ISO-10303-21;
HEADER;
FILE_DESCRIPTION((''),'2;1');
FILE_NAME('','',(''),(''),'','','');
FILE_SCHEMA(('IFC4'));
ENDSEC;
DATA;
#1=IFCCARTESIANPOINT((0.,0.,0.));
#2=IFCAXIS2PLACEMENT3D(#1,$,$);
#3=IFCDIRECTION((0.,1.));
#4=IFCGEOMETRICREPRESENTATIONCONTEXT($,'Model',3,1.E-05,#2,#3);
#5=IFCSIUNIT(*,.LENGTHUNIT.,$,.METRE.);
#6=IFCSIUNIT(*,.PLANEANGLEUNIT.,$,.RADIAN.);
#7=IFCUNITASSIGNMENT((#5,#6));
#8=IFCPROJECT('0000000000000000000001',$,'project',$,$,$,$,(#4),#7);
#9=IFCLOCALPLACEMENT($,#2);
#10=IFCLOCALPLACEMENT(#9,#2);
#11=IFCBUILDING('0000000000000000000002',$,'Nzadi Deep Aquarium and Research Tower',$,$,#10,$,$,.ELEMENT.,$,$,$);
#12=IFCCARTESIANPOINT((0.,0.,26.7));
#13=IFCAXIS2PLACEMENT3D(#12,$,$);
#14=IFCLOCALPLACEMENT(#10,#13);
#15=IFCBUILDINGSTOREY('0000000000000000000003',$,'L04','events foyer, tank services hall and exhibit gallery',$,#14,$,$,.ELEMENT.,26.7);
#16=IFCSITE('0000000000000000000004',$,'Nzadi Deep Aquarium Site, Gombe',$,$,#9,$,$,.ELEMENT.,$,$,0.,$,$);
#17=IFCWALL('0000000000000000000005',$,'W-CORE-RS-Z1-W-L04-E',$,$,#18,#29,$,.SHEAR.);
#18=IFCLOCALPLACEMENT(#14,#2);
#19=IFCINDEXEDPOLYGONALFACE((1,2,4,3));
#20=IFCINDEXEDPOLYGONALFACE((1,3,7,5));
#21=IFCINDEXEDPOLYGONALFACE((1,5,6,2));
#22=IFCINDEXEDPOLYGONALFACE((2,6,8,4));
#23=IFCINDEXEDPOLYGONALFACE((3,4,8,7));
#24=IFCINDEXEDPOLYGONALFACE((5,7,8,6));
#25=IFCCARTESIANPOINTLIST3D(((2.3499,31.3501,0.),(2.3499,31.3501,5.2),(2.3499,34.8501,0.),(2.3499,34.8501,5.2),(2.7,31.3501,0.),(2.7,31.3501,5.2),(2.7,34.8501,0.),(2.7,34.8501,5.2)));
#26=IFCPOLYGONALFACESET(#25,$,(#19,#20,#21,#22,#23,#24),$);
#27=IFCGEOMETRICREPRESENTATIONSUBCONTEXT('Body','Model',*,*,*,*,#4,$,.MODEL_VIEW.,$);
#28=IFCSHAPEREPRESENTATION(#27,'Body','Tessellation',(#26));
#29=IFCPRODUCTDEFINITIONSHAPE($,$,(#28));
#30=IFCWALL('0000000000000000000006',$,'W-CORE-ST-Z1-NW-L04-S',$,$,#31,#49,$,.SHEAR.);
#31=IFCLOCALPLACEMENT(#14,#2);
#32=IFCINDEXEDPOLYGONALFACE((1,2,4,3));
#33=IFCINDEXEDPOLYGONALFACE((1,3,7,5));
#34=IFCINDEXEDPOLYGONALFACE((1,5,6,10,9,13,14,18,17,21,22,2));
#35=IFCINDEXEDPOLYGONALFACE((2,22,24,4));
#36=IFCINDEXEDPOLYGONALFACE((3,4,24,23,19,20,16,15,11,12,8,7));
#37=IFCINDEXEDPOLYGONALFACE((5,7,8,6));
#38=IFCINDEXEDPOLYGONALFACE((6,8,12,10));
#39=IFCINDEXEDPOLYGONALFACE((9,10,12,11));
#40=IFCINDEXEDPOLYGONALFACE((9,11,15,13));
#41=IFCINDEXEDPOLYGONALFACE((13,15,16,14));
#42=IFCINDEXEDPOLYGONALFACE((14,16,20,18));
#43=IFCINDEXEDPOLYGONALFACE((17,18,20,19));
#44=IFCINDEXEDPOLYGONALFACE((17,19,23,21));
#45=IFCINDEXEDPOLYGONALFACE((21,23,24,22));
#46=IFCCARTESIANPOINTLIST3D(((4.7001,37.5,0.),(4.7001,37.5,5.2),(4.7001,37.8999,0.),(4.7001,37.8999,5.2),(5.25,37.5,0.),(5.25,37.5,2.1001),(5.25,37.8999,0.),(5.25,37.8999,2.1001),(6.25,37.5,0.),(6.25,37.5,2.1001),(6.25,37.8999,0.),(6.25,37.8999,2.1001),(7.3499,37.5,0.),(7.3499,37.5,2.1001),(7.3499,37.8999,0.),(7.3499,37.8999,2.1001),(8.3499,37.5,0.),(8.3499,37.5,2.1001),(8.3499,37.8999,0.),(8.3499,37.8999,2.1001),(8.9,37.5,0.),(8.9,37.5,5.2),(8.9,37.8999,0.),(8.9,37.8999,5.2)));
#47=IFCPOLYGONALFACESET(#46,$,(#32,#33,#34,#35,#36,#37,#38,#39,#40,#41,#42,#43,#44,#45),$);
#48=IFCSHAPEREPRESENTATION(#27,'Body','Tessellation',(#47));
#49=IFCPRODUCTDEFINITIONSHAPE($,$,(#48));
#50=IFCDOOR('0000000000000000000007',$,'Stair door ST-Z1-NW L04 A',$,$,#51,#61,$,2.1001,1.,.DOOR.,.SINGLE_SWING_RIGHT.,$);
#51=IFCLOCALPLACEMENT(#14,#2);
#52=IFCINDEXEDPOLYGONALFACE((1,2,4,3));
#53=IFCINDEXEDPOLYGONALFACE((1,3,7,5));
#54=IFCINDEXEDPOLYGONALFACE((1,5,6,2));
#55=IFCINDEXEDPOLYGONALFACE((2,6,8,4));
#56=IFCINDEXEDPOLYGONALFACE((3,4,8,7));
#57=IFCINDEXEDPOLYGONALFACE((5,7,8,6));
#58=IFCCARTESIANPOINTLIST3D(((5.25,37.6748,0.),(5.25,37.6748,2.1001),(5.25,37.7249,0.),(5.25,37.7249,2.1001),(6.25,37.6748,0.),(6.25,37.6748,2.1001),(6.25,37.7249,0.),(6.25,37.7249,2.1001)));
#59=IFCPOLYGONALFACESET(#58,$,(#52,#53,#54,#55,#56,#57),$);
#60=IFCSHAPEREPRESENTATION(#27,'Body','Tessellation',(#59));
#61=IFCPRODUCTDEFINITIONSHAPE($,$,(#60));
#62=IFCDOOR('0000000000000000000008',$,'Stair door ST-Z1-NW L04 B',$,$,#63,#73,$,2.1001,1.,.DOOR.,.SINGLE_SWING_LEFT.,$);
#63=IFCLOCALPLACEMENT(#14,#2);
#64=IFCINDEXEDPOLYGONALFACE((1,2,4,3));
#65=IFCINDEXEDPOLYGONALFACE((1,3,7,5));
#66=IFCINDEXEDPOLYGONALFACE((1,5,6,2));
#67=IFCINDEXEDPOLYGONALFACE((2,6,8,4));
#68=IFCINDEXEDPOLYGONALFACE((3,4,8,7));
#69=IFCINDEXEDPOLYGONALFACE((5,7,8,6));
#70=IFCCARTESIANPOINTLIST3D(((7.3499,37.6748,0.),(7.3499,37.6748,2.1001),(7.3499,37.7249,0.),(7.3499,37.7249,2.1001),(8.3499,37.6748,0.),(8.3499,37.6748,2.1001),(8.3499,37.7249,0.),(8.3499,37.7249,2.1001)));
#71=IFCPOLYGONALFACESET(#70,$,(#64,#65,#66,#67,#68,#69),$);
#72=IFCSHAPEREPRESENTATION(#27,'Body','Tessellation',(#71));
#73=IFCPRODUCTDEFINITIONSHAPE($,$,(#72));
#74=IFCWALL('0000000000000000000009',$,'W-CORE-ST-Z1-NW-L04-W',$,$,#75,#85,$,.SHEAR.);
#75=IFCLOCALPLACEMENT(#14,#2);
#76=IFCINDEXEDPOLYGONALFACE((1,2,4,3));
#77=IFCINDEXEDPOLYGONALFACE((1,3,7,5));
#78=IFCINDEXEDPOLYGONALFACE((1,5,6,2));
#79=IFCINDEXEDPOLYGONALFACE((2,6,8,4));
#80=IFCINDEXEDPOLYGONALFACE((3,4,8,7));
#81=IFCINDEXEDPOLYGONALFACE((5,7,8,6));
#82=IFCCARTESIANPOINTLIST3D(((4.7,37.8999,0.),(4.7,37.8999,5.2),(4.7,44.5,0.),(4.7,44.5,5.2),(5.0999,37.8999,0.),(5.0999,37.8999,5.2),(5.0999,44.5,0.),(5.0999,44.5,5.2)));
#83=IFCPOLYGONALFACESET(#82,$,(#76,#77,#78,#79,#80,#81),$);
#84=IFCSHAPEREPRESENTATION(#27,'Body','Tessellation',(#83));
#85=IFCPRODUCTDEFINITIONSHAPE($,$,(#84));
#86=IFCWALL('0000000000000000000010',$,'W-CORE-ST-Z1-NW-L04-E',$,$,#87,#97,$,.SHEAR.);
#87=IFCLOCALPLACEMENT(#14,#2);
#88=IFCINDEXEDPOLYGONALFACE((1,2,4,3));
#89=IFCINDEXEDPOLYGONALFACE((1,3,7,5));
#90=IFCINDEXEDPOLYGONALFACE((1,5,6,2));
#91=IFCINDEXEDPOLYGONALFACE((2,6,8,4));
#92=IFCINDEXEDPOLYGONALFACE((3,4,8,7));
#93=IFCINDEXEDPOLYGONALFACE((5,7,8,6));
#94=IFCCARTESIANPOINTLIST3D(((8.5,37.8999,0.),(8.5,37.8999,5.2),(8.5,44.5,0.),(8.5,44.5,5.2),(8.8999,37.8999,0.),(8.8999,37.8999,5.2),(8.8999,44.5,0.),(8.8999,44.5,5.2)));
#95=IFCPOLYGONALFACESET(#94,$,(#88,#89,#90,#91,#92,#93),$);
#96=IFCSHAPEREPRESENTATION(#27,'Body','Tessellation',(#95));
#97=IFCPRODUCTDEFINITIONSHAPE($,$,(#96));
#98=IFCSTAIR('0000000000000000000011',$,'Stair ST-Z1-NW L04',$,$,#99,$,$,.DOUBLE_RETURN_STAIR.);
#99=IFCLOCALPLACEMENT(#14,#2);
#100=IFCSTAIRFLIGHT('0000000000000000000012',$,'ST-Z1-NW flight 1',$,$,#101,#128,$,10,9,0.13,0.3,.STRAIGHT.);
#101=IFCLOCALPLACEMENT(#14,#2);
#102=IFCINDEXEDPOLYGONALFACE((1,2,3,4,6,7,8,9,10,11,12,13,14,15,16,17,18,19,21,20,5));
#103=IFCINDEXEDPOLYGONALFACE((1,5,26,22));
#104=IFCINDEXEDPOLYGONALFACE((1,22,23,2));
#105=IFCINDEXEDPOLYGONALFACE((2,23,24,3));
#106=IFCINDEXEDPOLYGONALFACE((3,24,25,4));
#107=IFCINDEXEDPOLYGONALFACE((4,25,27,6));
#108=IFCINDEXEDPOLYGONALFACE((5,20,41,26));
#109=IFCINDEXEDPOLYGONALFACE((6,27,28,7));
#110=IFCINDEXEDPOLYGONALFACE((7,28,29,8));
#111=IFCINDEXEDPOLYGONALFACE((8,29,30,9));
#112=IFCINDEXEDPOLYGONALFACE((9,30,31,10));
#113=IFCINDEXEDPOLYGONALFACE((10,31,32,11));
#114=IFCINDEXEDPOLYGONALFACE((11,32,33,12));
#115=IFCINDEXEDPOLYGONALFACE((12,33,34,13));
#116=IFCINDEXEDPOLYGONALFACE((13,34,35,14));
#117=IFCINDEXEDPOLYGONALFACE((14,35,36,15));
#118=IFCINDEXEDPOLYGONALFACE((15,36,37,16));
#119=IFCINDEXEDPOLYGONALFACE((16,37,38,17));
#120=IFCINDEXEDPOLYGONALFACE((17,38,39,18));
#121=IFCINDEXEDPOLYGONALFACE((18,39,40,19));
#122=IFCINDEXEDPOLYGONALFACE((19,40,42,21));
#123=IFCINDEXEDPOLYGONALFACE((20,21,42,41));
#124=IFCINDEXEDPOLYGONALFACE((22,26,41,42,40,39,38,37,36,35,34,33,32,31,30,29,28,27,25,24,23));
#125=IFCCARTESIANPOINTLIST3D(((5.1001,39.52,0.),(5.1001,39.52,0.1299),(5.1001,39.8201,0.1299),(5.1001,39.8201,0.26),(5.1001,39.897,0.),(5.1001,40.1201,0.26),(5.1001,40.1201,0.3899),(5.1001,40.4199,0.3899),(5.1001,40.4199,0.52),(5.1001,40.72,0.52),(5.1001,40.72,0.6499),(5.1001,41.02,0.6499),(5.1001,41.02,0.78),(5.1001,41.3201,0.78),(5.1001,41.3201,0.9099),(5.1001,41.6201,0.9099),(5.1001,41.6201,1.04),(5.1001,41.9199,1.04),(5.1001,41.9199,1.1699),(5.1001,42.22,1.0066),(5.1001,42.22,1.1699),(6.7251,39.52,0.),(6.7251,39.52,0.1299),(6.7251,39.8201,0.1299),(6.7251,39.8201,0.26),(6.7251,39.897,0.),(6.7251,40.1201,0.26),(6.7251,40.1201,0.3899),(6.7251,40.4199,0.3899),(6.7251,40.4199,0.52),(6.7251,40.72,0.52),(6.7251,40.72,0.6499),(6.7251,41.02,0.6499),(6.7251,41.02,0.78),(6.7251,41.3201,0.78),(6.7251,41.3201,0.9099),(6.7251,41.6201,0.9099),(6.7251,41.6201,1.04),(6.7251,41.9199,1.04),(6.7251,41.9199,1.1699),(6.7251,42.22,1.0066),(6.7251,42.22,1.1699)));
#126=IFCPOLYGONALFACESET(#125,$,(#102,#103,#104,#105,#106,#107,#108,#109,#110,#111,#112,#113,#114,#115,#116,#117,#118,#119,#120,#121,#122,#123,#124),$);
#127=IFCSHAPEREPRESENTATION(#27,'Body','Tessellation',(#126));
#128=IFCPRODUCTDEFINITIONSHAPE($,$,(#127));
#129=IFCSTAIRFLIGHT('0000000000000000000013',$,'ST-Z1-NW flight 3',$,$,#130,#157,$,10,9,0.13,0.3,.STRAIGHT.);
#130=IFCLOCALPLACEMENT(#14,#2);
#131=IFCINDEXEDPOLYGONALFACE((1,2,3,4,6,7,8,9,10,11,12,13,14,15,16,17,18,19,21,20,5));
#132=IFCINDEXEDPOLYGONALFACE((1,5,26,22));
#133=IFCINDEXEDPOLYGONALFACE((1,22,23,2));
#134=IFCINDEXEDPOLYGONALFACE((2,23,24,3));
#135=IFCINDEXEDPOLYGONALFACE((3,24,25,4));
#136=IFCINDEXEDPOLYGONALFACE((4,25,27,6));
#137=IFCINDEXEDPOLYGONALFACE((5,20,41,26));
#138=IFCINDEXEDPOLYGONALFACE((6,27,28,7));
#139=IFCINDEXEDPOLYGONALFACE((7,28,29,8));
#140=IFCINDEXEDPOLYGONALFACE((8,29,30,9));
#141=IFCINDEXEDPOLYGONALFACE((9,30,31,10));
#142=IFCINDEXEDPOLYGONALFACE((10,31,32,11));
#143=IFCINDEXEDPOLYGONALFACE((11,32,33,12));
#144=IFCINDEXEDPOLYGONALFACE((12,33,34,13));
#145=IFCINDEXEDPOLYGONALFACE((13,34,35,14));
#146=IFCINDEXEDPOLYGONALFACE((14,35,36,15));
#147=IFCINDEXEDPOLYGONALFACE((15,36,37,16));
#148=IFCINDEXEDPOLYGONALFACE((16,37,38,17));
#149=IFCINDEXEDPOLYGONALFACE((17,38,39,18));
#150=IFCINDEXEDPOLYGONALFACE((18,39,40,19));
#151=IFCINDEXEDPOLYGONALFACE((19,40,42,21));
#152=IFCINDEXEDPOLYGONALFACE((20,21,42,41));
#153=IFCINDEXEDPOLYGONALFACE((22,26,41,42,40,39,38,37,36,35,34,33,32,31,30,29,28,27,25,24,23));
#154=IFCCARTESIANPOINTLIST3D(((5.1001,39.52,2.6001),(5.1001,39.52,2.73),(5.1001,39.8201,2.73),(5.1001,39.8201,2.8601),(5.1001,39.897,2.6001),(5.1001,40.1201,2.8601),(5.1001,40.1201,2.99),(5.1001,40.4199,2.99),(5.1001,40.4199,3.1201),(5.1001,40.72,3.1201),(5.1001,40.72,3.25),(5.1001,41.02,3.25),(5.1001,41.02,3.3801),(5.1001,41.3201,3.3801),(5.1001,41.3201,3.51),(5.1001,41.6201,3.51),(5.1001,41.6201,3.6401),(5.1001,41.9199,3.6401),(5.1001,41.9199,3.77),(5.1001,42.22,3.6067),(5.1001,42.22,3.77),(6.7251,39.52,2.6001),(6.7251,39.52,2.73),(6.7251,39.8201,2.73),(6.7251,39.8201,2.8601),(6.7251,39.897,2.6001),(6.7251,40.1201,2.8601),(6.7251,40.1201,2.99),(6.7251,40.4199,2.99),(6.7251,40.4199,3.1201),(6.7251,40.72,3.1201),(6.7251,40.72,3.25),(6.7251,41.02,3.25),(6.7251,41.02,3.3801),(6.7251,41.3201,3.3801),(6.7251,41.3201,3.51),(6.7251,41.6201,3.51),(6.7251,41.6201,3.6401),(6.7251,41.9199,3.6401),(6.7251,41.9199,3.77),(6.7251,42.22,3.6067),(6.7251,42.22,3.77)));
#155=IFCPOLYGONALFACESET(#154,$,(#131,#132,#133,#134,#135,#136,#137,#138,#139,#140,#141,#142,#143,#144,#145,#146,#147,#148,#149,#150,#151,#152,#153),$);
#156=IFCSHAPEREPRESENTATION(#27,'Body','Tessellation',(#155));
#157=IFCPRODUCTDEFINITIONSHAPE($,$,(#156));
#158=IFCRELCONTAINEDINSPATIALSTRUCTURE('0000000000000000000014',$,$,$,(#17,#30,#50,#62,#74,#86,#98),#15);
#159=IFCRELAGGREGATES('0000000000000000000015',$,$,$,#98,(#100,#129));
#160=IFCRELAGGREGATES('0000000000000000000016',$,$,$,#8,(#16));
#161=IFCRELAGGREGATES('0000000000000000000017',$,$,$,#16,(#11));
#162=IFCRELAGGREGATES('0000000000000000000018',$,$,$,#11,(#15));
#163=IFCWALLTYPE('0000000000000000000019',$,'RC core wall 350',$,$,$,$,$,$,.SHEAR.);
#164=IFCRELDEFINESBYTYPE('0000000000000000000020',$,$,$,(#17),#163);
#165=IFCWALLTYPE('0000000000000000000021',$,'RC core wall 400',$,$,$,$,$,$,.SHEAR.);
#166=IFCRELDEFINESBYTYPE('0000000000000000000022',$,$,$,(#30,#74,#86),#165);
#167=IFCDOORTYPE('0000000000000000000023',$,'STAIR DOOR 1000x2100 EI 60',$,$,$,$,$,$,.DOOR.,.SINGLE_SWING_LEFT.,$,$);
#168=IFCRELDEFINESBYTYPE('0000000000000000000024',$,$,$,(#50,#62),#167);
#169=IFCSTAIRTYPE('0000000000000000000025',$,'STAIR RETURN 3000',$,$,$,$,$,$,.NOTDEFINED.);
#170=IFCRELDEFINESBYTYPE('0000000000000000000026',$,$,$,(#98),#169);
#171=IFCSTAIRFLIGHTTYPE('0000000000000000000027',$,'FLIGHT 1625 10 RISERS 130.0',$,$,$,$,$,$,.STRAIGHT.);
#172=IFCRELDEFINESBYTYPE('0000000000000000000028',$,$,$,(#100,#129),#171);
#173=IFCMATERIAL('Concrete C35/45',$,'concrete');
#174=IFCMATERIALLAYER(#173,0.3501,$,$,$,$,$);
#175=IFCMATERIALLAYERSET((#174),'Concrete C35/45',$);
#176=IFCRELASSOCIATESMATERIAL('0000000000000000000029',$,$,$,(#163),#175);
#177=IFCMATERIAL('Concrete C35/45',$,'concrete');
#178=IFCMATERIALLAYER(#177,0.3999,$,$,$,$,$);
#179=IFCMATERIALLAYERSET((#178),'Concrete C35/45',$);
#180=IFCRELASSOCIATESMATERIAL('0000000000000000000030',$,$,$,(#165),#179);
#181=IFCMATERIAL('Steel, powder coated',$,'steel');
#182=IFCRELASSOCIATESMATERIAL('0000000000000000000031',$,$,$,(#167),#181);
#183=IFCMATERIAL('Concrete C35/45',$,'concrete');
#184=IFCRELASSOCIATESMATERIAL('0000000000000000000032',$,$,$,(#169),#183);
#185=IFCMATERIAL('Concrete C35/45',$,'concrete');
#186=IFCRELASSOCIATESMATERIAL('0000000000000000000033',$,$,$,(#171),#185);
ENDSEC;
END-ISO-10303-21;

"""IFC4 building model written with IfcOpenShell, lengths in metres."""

from ifc_helpers import new_model, si_unit, direction, frame, frame_2d, origin, place, context, subcontext, project, spatial, polyline, rectangle, outline, extrude, material, layer, layer_set, type_object, element, fill, aggregate, save


model = new_model("IFC4")

# Units and contexts
model_context = context("Model", 3, precision=1e-05, world=origin(), true_north=direction((0.0, 1.0)))
body_context = subcontext(model_context, "Body", "Model", "MODEL_VIEW")
ifc_project = project(units=[si_unit("LENGTHUNIT", "METRE"), si_unit("PLANEANGLEUNIT", "RADIAN")], contexts=[model_context])

# Site, building, storey
site_placement = place(None, origin())
site = spatial("IfcSite", under=ifc_project, at=site_placement, Name="Nzadi Deep Aquarium Site, Gombe", CompositionType="ELEMENT", RefElevation=0.0)
building_placement = place(site_placement, origin())
building = spatial("IfcBuilding", under=site, at=building_placement, Name="Nzadi Deep Aquarium and Research Tower", CompositionType="ELEMENT")
storey_placement = place(building_placement, frame((0.0, 0.0, 26.7)))
storey = spatial("IfcBuildingStorey", under=building, at=storey_placement, Name="L04", Description="events foyer, tank services hall and exhibit gallery", CompositionType="ELEMENT", Elevation=26.7)

# Wall
ifc_material_1 = material(Name="Concrete C35/45", Category="concrete")
ifc_layer_1 = layer(ifc_material_1, 0.3501)
ifc_layer_set_1 = layer_set([ifc_layer_1], Name="Concrete C35/45")
wall_type_1 = type_object("IfcWallType", Name="RC core wall 350", PredefinedType="SHEAR", material=ifc_layer_set_1)
for number, where, z_axis, x_axis, name in (
    (1, (2.5249, 31.3501, 0.0), (0.0, 0.0, 1.0), (0.0, 1.0, 0.0), "W-CORE-RS-Z1-W-L04-E"),
):
    element("IfcWall", number, at=place(storey_placement, frame(where, z_axis=z_axis, x_axis=x_axis)), inside=storey, type_object=wall_type_1, Name=name, PredefinedType="SHEAR", context=body_context, shape_type="SweptSolid", body=[
        extrude(rectangle(XDim=3.5, YDim=0.3501, at=frame_2d((1.75, 0.0))), origin(), (0.0, 0.0, 1.0), 5.2),
    ])

# Wall, openings, doors
ifc_material_2 = material(Name="Concrete C35/45", Category="concrete")
ifc_layer_2 = layer(ifc_material_2, 0.3999)
ifc_layer_set_2 = layer_set([ifc_layer_2], Name="Concrete C35/45")
wall_type_2 = type_object("IfcWallType", Name="RC core wall 400", PredefinedType="SHEAR", material=ifc_layer_set_2)
wall_1_placement = place(storey_placement, frame((4.7, 37.7, 0.0), z_axis=(0.0, 0.0, 1.0), x_axis=(1.0, 0.0, 0.0)))
wall_1 = element("IfcWall", 2, at=wall_1_placement, inside=storey, type_object=wall_type_2, Name="W-CORE-ST-Z1-NW-L04-S", PredefinedType="SHEAR", context=body_context, shape_type="SweptSolid", body=[
    extrude(rectangle(XDim=4.2, YDim=0.3999, at=frame_2d((2.1001, 0.0))), origin(), (0.0, 0.0, 1.0), 5.2),
])
opening_1_placement = place(wall_1_placement, frame((0.55, 0.0, 0.0)))
opening_1 = element("IfcOpeningElement", 3, at=opening_1_placement, cuts=wall_1, PredefinedType="OPENING", context=body_context, shape_type="SweptSolid", body=[
    extrude(rectangle(XDim=1.0, YDim=2.1001, at=frame_2d((0.5, 1.05))), frame((0.0, 0.21, 0.0), z_axis=(0.0, -1.0, 0.0), x_axis=(1.0, 0.0, 0.0)), (0.0, 0.0, 1.0), 0.4199),
])
opening_2_placement = place(wall_1_placement, frame((2.6499, 0.0, 0.0)))
opening_2 = element("IfcOpeningElement", 4, at=opening_2_placement, cuts=wall_1, PredefinedType="OPENING", context=body_context, shape_type="SweptSolid", body=[
    extrude(rectangle(XDim=1.0, YDim=2.1001, at=frame_2d((0.5, 1.05))), frame((0.0, 0.21, 0.0), z_axis=(0.0, -1.0, 0.0), x_axis=(1.0, 0.0, 0.0)), (0.0, 0.0, 1.0), 0.4199),
])
ifc_material_3 = material(Name="Steel, powder coated", Category="steel")
door_type_1 = type_object("IfcDoorType", Name="STAIR DOOR 1000x2100 EI 60", OperationType="SINGLE_SWING_LEFT", PredefinedType="DOOR", material=ifc_material_3)
door_1_placement = place(opening_1_placement, origin())
door_1 = element("IfcDoor", 5, at=door_1_placement, inside=storey, type_object=door_type_1, Name="Stair door ST-Z1-NW L04 A", OperationType="SINGLE_SWING_RIGHT", OverallHeight=2.1001, OverallWidth=1.0, PredefinedType="DOOR", context=body_context, shape_type="SweptSolid", body=[
    extrude(rectangle(XDim=1.0, YDim=2.1001, at=frame_2d((0.5, 1.05))), frame((0.0, 0.0249, 0.0), z_axis=(0.0, -1.0, 0.0), x_axis=(1.0, 0.0, 0.0)), (0.0, 0.0, 1.0), 0.05),
])
fill(opening_1, door_1)
door_2_placement = place(opening_2_placement, origin())
door_2 = element("IfcDoor", 6, at=door_2_placement, inside=storey, type_object=door_type_1, Name="Stair door ST-Z1-NW L04 B", OperationType="SINGLE_SWING_LEFT", OverallHeight=2.1001, OverallWidth=1.0, PredefinedType="DOOR", context=body_context, shape_type="SweptSolid", body=[
    extrude(rectangle(XDim=1.0, YDim=2.1001, at=frame_2d((0.5, 1.05))), frame((0.0, 0.0249, 0.0), z_axis=(0.0, -1.0, 0.0), x_axis=(1.0, 0.0, 0.0)), (0.0, 0.0, 1.0), 0.05),
])
fill(opening_2, door_2)

# Walls
for number, where, z_axis, x_axis, name in (
    (7, (4.8999, 37.8999, 0.0), (0.0, 0.0, 1.0), (0.0, 1.0, 0.0), "W-CORE-ST-Z1-NW-L04-W"),
    (8, (8.7, 37.8999, 0.0), (0.0, 0.0, 1.0), (0.0, 1.0, 0.0), "W-CORE-ST-Z1-NW-L04-E"),
):
    element("IfcWall", number, at=place(storey_placement, frame(where, z_axis=z_axis, x_axis=x_axis)), inside=storey, type_object=wall_type_2, Name=name, PredefinedType="SHEAR", context=body_context, shape_type="SweptSolid", body=[
        extrude(rectangle(XDim=6.6001, YDim=0.3999, at=frame_2d((3.3, 0.0))), origin(), (0.0, 0.0, 1.0), 5.2),
    ])

# Stair, stair flights
ifc_material_4 = material(Name="Concrete C35/45", Category="concrete")
stair_type = type_object("IfcStairType", Name="STAIR RETURN 3000", PredefinedType="NOTDEFINED", material=ifc_material_4)
stair_placement = place(storey_placement, origin())
stair = element("IfcStair", 9, at=stair_placement, inside=storey, type_object=stair_type, Name="Stair ST-Z1-NW L04", PredefinedType="DOUBLE_RETURN_STAIR")
ifc_material_5 = material(Name="Concrete C35/45", Category="concrete")
stair_flight_type = type_object("IfcStairFlightType", Name="FLIGHT 1625 10 RISERS 130.0", PredefinedType="STRAIGHT", material=ifc_material_5)
stair_flight_1_placement = place(storey_placement, frame((5.9126, 39.52, 0.0), z_axis=(0.0, 0.0, 1.0), x_axis=(0.0, 1.0, 0.0)))
stair_flight_1 = element("IfcStairFlight", 10, at=stair_flight_1_placement, type_object=stair_flight_type, Name="ST-Z1-NW flight 1", NumberOfRisers=10, NumberOfTreads=9, PredefinedType="STRAIGHT", RiserHeight=0.13, TreadLength=0.3, context=body_context, shape_type="SweptSolid", body=[
    extrude(outline(polyline([(0.0, 0.0), (0.0, 0.1299), (0.3, 0.1299), (0.3, 0.26), (0.6001, 0.26), (0.6001, 0.3899), (0.8999, 0.3899), (0.8999, 0.52), (1.2, 0.52), (1.2, 0.6499), (1.5, 0.6499), (1.5, 0.78), (1.8, 0.78), (1.8, 0.9099), (2.1001, 0.9099), (2.1001, 1.04), (2.3999, 1.04), (2.3999, 1.1699), (2.7, 1.1699), (2.7, 1.3), (2.7, 1.0066), (0.377, 0.0), (0.0, 0.0)])), frame((0.0, 0.8125, 0.0), z_axis=(0.0, -1.0, 0.0), x_axis=(1.0, 0.0, 0.0)), (0.0, 0.0, 1.0), 1.625),
])
stair_flight_2_placement = place(storey_placement, frame((5.9126, 39.52, 2.6001), z_axis=(0.0, 0.0, 1.0), x_axis=(0.0, 1.0, 0.0)))
stair_flight_2 = element("IfcStairFlight", 11, at=stair_flight_2_placement, type_object=stair_flight_type, Name="ST-Z1-NW flight 3", NumberOfRisers=10, NumberOfTreads=9, PredefinedType="STRAIGHT", RiserHeight=0.13, TreadLength=0.3, context=body_context, shape_type="SweptSolid", body=[
    extrude(outline(polyline([(0.0, 0.0), (0.0, 0.1299), (0.3, 0.1299), (0.3, 0.26), (0.6001, 0.26), (0.6001, 0.3899), (0.8999, 0.3899), (0.8999, 0.52), (1.2, 0.52), (1.2, 0.6499), (1.5, 0.6499), (1.5, 0.78), (1.8, 0.78), (1.8, 0.9099), (2.1001, 0.9099), (2.1001, 1.04), (2.3999, 1.04), (2.3999, 1.1699), (2.7, 1.1699), (2.7, 1.3), (2.7, 1.0066), (0.377, 0.0), (0.0, 0.0)])), frame((0.0, 0.8125, 0.0), z_axis=(0.0, -1.0, 0.0), x_axis=(1.0, 0.0, 0.0)), (0.0, 0.0, 1.0), 1.625),
])
aggregate(stair, [stair_flight_1, stair_flight_2])

save(model, "model.ifc")
